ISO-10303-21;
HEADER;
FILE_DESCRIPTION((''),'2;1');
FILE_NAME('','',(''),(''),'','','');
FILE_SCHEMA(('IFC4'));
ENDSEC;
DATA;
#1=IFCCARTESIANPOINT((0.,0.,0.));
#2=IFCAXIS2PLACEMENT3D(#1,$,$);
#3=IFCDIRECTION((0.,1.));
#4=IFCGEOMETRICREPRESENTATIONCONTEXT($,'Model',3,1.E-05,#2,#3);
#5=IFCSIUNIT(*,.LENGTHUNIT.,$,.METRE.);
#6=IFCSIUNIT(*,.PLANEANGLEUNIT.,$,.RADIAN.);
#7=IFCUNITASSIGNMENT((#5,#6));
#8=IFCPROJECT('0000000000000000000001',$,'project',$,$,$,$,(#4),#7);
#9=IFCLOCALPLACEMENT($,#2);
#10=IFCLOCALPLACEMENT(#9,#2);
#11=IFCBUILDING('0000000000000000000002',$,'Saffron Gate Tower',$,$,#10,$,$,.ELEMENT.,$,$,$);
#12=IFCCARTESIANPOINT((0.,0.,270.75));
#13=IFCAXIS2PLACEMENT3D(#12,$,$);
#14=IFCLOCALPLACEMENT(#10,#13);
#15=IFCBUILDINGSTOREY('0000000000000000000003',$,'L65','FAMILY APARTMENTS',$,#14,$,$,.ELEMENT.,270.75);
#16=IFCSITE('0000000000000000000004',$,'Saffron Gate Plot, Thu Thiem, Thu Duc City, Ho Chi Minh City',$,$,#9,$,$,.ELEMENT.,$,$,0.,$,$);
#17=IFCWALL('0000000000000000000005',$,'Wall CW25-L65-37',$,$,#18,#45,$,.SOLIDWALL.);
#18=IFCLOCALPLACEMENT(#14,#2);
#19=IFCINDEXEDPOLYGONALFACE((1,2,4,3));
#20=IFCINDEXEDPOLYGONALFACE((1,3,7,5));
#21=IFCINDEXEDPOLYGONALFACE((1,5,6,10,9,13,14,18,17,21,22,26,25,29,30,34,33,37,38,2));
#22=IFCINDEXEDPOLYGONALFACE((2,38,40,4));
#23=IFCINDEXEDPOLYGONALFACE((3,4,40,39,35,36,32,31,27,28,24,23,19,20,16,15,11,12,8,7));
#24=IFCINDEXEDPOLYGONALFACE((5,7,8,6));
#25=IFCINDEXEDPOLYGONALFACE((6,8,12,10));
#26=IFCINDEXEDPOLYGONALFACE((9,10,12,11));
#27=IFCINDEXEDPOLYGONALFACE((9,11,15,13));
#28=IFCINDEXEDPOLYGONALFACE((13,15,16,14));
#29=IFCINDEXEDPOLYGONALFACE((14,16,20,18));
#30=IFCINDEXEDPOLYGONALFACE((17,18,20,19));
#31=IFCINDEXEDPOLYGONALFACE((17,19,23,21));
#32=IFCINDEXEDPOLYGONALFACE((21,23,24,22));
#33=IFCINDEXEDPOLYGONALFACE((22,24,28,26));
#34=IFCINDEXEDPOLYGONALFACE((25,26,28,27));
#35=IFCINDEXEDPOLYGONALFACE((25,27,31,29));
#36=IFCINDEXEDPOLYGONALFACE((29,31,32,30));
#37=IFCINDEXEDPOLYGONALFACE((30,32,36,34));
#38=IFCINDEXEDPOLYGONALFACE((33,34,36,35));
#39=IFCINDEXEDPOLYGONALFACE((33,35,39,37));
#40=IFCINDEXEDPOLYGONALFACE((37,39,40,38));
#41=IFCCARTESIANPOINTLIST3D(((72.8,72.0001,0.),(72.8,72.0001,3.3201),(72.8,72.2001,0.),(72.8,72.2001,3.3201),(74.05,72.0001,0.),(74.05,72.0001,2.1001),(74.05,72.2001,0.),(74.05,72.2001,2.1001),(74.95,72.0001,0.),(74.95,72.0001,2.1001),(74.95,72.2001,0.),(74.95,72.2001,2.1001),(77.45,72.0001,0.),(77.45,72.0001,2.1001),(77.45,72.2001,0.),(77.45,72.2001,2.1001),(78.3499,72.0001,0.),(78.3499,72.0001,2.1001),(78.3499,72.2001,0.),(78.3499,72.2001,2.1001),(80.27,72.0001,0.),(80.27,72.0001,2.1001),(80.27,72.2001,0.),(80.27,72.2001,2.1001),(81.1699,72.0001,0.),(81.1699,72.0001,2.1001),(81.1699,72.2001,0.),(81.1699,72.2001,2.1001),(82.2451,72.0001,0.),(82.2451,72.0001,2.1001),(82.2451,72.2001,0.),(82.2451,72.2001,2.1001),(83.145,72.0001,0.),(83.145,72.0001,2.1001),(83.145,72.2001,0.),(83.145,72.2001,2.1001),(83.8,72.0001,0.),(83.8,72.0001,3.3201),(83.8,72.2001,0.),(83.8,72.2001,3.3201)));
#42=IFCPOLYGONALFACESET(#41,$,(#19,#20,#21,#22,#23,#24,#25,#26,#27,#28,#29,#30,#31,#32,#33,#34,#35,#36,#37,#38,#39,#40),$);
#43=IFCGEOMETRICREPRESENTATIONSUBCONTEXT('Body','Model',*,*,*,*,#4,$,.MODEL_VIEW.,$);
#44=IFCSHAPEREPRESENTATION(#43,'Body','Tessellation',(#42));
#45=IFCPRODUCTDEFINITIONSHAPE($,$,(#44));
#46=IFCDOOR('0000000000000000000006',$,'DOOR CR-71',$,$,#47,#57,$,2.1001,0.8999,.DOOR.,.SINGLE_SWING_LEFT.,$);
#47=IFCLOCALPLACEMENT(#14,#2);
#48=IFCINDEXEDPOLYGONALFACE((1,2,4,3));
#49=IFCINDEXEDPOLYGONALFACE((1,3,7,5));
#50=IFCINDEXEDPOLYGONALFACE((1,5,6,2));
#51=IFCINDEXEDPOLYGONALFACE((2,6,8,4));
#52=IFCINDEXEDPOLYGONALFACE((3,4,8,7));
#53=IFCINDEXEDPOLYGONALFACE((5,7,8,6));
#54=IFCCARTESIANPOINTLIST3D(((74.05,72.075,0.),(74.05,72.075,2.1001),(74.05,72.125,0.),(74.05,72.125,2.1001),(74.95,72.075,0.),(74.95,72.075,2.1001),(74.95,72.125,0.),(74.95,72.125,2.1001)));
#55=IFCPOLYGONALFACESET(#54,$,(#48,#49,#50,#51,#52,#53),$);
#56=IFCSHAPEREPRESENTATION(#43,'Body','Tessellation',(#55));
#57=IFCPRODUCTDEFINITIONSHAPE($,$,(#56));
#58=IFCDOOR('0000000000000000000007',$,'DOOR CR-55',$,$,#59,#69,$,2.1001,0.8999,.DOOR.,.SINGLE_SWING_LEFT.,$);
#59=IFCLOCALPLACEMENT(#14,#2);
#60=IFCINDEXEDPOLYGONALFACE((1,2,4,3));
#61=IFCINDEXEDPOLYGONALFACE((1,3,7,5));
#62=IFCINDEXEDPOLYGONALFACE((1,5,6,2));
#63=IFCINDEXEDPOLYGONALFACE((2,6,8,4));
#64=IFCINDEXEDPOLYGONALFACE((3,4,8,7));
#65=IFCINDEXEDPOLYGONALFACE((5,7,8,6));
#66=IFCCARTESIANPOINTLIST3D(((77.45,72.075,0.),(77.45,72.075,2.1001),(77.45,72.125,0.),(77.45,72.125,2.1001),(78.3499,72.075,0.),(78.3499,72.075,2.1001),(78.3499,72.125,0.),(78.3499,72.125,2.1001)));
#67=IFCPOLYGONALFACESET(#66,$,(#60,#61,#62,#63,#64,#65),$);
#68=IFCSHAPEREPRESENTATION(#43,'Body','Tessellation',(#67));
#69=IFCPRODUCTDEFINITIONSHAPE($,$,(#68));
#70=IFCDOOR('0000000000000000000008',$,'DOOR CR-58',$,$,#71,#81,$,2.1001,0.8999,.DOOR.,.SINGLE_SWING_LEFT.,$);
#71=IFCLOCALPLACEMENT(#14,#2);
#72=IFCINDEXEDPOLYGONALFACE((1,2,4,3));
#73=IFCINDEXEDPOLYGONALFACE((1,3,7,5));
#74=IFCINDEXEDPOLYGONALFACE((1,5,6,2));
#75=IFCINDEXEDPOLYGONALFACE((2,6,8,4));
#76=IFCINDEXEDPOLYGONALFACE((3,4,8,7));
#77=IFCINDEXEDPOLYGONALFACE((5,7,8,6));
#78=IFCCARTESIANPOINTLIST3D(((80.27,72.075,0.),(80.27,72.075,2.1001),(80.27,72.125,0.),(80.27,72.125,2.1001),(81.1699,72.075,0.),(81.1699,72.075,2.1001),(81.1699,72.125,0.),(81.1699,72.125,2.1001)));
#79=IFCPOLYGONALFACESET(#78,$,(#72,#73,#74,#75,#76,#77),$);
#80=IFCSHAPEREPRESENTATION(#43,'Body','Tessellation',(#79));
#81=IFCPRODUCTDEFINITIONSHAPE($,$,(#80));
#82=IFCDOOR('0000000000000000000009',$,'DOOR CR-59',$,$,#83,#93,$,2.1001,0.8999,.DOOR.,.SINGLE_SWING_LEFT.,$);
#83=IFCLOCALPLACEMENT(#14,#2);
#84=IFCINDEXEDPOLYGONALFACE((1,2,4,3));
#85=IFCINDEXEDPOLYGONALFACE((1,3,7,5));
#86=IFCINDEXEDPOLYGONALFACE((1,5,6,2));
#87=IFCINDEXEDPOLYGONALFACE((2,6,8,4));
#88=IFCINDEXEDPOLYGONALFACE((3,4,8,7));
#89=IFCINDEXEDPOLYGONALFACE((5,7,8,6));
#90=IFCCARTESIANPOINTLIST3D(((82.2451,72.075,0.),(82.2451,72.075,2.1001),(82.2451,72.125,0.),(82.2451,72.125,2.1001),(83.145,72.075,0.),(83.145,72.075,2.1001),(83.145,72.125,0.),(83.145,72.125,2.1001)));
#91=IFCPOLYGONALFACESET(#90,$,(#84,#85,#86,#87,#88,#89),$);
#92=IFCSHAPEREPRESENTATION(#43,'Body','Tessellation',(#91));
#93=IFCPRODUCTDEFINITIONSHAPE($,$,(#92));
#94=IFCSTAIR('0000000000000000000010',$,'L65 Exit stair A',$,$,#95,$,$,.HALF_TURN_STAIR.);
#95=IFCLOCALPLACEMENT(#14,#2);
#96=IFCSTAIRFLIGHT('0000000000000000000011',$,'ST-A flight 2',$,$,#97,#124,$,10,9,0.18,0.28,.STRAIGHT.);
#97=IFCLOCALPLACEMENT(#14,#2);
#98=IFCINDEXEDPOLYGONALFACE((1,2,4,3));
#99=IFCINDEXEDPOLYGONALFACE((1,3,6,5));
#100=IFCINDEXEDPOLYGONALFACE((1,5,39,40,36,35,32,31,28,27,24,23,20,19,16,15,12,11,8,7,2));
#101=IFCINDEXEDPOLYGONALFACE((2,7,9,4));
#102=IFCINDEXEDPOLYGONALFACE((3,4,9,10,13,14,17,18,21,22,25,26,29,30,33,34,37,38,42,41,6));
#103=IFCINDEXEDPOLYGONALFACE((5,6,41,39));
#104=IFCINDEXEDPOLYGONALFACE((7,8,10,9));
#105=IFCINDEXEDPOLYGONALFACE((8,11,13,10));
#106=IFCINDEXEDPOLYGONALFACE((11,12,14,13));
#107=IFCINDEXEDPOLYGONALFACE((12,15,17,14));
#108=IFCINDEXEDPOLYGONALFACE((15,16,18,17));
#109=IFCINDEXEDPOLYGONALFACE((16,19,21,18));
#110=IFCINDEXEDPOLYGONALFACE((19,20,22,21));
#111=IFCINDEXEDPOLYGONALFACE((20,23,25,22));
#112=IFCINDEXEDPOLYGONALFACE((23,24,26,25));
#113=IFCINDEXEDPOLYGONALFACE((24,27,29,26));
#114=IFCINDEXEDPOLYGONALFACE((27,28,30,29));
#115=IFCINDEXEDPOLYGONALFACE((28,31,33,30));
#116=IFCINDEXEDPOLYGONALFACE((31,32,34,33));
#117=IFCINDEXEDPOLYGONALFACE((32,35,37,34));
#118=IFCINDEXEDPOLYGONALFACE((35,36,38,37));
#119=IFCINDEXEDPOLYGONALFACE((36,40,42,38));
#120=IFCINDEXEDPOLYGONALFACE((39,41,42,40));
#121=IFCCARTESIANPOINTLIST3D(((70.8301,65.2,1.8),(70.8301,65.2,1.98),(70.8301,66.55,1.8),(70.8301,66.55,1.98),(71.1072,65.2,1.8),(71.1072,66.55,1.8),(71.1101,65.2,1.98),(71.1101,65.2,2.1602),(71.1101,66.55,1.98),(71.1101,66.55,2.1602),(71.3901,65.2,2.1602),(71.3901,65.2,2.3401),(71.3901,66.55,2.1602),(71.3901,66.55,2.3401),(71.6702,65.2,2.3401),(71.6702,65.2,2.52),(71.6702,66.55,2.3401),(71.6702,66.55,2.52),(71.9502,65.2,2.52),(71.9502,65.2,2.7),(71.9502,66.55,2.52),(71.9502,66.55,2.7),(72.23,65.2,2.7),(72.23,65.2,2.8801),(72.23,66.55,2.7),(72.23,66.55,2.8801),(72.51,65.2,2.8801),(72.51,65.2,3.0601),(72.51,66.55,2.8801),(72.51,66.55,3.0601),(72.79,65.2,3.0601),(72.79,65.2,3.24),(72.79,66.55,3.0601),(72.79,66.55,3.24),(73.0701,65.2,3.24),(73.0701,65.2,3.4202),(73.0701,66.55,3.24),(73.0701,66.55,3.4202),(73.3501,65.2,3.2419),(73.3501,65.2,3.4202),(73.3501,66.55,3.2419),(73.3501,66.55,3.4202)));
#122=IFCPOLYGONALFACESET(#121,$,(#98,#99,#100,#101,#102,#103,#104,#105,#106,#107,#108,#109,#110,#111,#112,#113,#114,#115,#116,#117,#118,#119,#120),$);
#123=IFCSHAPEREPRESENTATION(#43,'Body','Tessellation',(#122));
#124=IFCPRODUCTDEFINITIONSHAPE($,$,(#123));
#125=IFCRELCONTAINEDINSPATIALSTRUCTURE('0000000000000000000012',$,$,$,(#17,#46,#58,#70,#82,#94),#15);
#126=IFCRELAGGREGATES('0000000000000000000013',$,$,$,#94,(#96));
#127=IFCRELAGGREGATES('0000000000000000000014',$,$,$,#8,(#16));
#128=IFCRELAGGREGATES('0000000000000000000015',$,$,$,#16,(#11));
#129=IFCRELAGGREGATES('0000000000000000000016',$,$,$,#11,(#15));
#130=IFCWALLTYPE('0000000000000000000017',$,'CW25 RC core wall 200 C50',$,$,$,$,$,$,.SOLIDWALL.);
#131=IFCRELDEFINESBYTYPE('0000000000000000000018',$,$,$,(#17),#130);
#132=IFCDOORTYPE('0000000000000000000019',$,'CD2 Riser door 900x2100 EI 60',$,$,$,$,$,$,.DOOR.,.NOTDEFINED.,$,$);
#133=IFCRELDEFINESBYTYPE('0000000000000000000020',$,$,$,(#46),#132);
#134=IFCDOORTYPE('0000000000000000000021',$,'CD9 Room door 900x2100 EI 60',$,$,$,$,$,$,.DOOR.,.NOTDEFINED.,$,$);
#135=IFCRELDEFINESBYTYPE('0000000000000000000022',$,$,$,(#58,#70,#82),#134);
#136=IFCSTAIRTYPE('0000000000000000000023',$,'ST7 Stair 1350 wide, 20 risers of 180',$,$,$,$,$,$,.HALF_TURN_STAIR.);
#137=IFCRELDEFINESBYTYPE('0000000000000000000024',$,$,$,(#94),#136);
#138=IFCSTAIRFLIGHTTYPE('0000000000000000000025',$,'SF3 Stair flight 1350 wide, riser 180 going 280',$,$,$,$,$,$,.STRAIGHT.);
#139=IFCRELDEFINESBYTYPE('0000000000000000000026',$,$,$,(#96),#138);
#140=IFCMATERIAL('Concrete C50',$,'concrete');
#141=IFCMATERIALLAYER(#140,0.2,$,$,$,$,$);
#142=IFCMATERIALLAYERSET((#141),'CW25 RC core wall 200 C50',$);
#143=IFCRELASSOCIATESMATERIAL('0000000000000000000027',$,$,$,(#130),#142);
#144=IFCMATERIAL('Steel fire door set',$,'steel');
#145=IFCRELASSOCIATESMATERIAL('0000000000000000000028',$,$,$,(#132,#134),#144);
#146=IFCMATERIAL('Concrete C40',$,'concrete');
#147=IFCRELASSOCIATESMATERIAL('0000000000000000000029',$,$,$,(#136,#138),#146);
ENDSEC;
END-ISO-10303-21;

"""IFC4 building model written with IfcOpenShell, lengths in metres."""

from ifc_helpers import new_model, si_unit, direction, frame, frame_2d, origin, place, context, subcontext, project, spatial, polyline, rectangle, outline, extrude, material, layer, layer_set, type_object, element, fill, aggregate, save


model = new_model("IFC4")

# Units and contexts
model_context = context("Model", 3, precision=1e-05, world=origin(), true_north=direction((0.0, 1.0)))
body_context = subcontext(model_context, "Body", "Model", "MODEL_VIEW")
ifc_project = project(units=[si_unit("LENGTHUNIT", "METRE"), si_unit("PLANEANGLEUNIT", "RADIAN")], contexts=[model_context])

# Site, building, storey
site_placement = place(None, origin())
site = spatial("IfcSite", under=ifc_project, at=site_placement, Name="Saffron Gate Plot, Thu Thiem, Thu Duc City, Ho Chi Minh City", CompositionType="ELEMENT", RefElevation=0.0)
building_placement = place(site_placement, origin())
building = spatial("IfcBuilding", under=site, at=building_placement, Name="Saffron Gate Tower", CompositionType="ELEMENT")
storey_placement = place(building_placement, frame((0.0, 0.0, 270.75)))
storey = spatial("IfcBuildingStorey", under=building, at=storey_placement, Name="L65", Description="FAMILY APARTMENTS", CompositionType="ELEMENT", Elevation=270.75)

# Shared definitions
ifc_material_1 = material(Name="Concrete C50", Category="concrete")
ifc_material_2 = material(Name="Steel fire door set", Category="steel")
ifc_layer_1 = layer(ifc_material_1, 0.2)
ifc_layer_set_1 = layer_set([ifc_layer_1], Name="CW25 RC core wall 200 C50")
wall_type_1 = type_object("IfcWallType", Name="CW25 RC core wall 200 C50", PredefinedType="SOLIDWALL", material=ifc_layer_set_1)

# Wall, openings, doors
wall_1_placement = place(storey_placement, frame((72.8, 72.1001, 0.0), z_axis=(0.0, 0.0, 1.0), x_axis=(1.0, 0.0, 0.0)))
wall_1 = element("IfcWall", 1, at=wall_1_placement, inside=storey, type_object=wall_type_1, Name="Wall CW25-L65-37", PredefinedType="SOLIDWALL", context=body_context, shape_type="SweptSolid", body=[
    extrude(rectangle(XDim=11.0, YDim=0.2, at=frame_2d((5.5, 0.0))), origin(), (0.0, 0.0, 1.0), 3.3201),
])
opening_1_placement = place(wall_1_placement, frame((1.25, 0.0, 0.0)))
opening_1 = element("IfcOpeningElement", 2, at=opening_1_placement, cuts=wall_1, PredefinedType="OPENING", context=body_context, shape_type="SweptSolid", body=[
    extrude(rectangle(XDim=0.8999, YDim=2.1001, at=frame_2d((0.45, 1.05))), frame((0.0, 0.1099, 0.0), z_axis=(0.0, -1.0, 0.0), x_axis=(1.0, 0.0, 0.0)), (0.0, 0.0, 1.0), 0.22),
])
opening_2_placement = place(wall_1_placement, frame((4.6499, 0.0, 0.0)))
opening_2 = element("IfcOpeningElement", 3, at=opening_2_placement, cuts=wall_1, PredefinedType="OPENING", context=body_context, shape_type="SweptSolid", body=[
    extrude(rectangle(XDim=0.8999, YDim=2.1001, at=frame_2d((0.45, 1.05))), frame((0.0, 0.1099, 0.0), z_axis=(0.0, -1.0, 0.0), x_axis=(1.0, 0.0, 0.0)), (0.0, 0.0, 1.0), 0.22),
])
opening_3_placement = place(wall_1_placement, frame((7.47, 0.0, 0.0)))
opening_3 = element("IfcOpeningElement", 4, at=opening_3_placement, cuts=wall_1, PredefinedType="OPENING", context=body_context, shape_type="SweptSolid", body=[
    extrude(rectangle(XDim=0.8999, YDim=2.1001, at=frame_2d((0.45, 1.05))), frame((0.0, 0.1099, 0.0), z_axis=(0.0, -1.0, 0.0), x_axis=(1.0, 0.0, 0.0)), (0.0, 0.0, 1.0), 0.22),
])
opening_4_placement = place(wall_1_placement, frame((9.4451, 0.0, 0.0)))
opening_4 = element("IfcOpeningElement", 5, at=opening_4_placement, cuts=wall_1, PredefinedType="OPENING", context=body_context, shape_type="SweptSolid", body=[
    extrude(rectangle(XDim=0.8999, YDim=2.1001, at=frame_2d((0.45, 1.05))), frame((0.0, 0.1099, 0.0), z_axis=(0.0, -1.0, 0.0), x_axis=(1.0, 0.0, 0.0)), (0.0, 0.0, 1.0), 0.22),
])
door_type_1 = type_object("IfcDoorType", Name="CD2 Riser door 900x2100 EI 60", OperationType="NOTDEFINED", PredefinedType="DOOR", material=ifc_material_2)
door_1_placement = place(opening_1_placement, origin())
door_1 = element("IfcDoor", 6, at=door_1_placement, inside=storey, type_object=door_type_1, Name="DOOR CR-71", OperationType="SINGLE_SWING_LEFT", OverallHeight=2.1001, OverallWidth=0.8999, PredefinedType="DOOR", context=body_context, shape_type="SweptSolid", body=[
    extrude(rectangle(XDim=0.8999, YDim=2.1001, at=frame_2d((0.45, 1.05))), frame((0.0, 0.0249, 0.0), z_axis=(0.0, -1.0, 0.0), x_axis=(1.0, 0.0, 0.0)), (0.0, 0.0, 1.0), 0.05),
])
fill(opening_1, door_1)
door_type_2 = type_object("IfcDoorType", Name="CD9 Room door 900x2100 EI 60", OperationType="NOTDEFINED", PredefinedType="DOOR", material=ifc_material_2)
door_2_placement = place(opening_2_placement, origin())
door_2 = element("IfcDoor", 7, at=door_2_placement, inside=storey, type_object=door_type_2, Name="DOOR CR-55", OperationType="SINGLE_SWING_LEFT", OverallHeight=2.1001, OverallWidth=0.8999, PredefinedType="DOOR", context=body_context, shape_type="SweptSolid", body=[
    extrude(rectangle(XDim=0.8999, YDim=2.1001, at=frame_2d((0.45, 1.05))), frame((0.0, 0.0249, 0.0), z_axis=(0.0, -1.0, 0.0), x_axis=(1.0, 0.0, 0.0)), (0.0, 0.0, 1.0), 0.05),
])
fill(opening_2, door_2)
door_3_placement = place(opening_3_placement, origin())
door_3 = element("IfcDoor", 8, at=door_3_placement, inside=storey, type_object=door_type_2, Name="DOOR CR-58", OperationType="SINGLE_SWING_LEFT", OverallHeight=2.1001, OverallWidth=0.8999, PredefinedType="DOOR", context=body_context, shape_type="SweptSolid", body=[
    extrude(rectangle(XDim=0.8999, YDim=2.1001, at=frame_2d((0.45, 1.05))), frame((0.0, 0.0249, 0.0), z_axis=(0.0, -1.0, 0.0), x_axis=(1.0, 0.0, 0.0)), (0.0, 0.0, 1.0), 0.05),
])
fill(opening_3, door_3)
door_4_placement = place(opening_4_placement, origin())
door_4 = element("IfcDoor", 9, at=door_4_placement, inside=storey, type_object=door_type_2, Name="DOOR CR-59", OperationType="SINGLE_SWING_LEFT", OverallHeight=2.1001, OverallWidth=0.8999, PredefinedType="DOOR", context=body_context, shape_type="SweptSolid", body=[
    extrude(rectangle(XDim=0.8999, YDim=2.1001, at=frame_2d((0.45, 1.05))), frame((0.0, 0.0249, 0.0), z_axis=(0.0, -1.0, 0.0), x_axis=(1.0, 0.0, 0.0)), (0.0, 0.0, 1.0), 0.05),
])
fill(opening_4, door_4)

# Stair, stair flight
ifc_material_3 = material(Name="Concrete C40", Category="concrete")
stair_type = type_object("IfcStairType", Name="ST7 Stair 1350 wide, 20 risers of 180", PredefinedType="HALF_TURN_STAIR", material=ifc_material_3)
stair_placement = place(storey_placement, origin())
stair = element("IfcStair", 10, at=stair_placement, inside=storey, type_object=stair_type, Name="L65 Exit stair A", PredefinedType="HALF_TURN_STAIR")
stair_flight_type = type_object("IfcStairFlightType", Name="SF3 Stair flight 1350 wide, riser 180 going 280", PredefinedType="STRAIGHT", material=ifc_material_3)
stair_flight_placement = place(storey_placement, frame((70.8301, 65.875, 1.8), z_axis=(0.0, 0.0, 1.0), x_axis=(1.0, 0.0, 0.0)))
stair_flight = element("IfcStairFlight", 11, at=stair_flight_placement, type_object=stair_flight_type, Name="ST-A flight 2", NumberOfRisers=10, NumberOfTreads=9, PredefinedType="STRAIGHT", RiserHeight=0.18, TreadLength=0.28, context=body_context, shape_type="SweptSolid", body=[
    extrude(outline(polyline([(0.0, 0.0), (0.0, 0.1799), (0.28, 0.1799), (0.28, 0.3601), (0.5601, 0.3601), (0.5601, 0.54), (0.8401, 0.54), (0.8401, 0.72), (1.1201, 0.72), (1.1201, 0.8999), (1.3999, 0.8999), (1.3999, 1.0801), (1.6799, 1.0801), (1.6799, 1.26), (1.96, 1.26), (1.96, 1.4399), (2.24, 1.4399), (2.24, 1.6201), (2.52, 1.6201), (2.52, 1.8), (2.52, 1.4419), (0.2771, 0.0), (0.0, 0.0)])), frame((0.0, 0.675, 0.0), z_axis=(0.0, -1.0, 0.0), x_axis=(1.0, 0.0, 0.0)), (0.0, 0.0, 1.0), 1.3501),
])
aggregate(stair, [stair_flight])

save(model, "model.ifc")
